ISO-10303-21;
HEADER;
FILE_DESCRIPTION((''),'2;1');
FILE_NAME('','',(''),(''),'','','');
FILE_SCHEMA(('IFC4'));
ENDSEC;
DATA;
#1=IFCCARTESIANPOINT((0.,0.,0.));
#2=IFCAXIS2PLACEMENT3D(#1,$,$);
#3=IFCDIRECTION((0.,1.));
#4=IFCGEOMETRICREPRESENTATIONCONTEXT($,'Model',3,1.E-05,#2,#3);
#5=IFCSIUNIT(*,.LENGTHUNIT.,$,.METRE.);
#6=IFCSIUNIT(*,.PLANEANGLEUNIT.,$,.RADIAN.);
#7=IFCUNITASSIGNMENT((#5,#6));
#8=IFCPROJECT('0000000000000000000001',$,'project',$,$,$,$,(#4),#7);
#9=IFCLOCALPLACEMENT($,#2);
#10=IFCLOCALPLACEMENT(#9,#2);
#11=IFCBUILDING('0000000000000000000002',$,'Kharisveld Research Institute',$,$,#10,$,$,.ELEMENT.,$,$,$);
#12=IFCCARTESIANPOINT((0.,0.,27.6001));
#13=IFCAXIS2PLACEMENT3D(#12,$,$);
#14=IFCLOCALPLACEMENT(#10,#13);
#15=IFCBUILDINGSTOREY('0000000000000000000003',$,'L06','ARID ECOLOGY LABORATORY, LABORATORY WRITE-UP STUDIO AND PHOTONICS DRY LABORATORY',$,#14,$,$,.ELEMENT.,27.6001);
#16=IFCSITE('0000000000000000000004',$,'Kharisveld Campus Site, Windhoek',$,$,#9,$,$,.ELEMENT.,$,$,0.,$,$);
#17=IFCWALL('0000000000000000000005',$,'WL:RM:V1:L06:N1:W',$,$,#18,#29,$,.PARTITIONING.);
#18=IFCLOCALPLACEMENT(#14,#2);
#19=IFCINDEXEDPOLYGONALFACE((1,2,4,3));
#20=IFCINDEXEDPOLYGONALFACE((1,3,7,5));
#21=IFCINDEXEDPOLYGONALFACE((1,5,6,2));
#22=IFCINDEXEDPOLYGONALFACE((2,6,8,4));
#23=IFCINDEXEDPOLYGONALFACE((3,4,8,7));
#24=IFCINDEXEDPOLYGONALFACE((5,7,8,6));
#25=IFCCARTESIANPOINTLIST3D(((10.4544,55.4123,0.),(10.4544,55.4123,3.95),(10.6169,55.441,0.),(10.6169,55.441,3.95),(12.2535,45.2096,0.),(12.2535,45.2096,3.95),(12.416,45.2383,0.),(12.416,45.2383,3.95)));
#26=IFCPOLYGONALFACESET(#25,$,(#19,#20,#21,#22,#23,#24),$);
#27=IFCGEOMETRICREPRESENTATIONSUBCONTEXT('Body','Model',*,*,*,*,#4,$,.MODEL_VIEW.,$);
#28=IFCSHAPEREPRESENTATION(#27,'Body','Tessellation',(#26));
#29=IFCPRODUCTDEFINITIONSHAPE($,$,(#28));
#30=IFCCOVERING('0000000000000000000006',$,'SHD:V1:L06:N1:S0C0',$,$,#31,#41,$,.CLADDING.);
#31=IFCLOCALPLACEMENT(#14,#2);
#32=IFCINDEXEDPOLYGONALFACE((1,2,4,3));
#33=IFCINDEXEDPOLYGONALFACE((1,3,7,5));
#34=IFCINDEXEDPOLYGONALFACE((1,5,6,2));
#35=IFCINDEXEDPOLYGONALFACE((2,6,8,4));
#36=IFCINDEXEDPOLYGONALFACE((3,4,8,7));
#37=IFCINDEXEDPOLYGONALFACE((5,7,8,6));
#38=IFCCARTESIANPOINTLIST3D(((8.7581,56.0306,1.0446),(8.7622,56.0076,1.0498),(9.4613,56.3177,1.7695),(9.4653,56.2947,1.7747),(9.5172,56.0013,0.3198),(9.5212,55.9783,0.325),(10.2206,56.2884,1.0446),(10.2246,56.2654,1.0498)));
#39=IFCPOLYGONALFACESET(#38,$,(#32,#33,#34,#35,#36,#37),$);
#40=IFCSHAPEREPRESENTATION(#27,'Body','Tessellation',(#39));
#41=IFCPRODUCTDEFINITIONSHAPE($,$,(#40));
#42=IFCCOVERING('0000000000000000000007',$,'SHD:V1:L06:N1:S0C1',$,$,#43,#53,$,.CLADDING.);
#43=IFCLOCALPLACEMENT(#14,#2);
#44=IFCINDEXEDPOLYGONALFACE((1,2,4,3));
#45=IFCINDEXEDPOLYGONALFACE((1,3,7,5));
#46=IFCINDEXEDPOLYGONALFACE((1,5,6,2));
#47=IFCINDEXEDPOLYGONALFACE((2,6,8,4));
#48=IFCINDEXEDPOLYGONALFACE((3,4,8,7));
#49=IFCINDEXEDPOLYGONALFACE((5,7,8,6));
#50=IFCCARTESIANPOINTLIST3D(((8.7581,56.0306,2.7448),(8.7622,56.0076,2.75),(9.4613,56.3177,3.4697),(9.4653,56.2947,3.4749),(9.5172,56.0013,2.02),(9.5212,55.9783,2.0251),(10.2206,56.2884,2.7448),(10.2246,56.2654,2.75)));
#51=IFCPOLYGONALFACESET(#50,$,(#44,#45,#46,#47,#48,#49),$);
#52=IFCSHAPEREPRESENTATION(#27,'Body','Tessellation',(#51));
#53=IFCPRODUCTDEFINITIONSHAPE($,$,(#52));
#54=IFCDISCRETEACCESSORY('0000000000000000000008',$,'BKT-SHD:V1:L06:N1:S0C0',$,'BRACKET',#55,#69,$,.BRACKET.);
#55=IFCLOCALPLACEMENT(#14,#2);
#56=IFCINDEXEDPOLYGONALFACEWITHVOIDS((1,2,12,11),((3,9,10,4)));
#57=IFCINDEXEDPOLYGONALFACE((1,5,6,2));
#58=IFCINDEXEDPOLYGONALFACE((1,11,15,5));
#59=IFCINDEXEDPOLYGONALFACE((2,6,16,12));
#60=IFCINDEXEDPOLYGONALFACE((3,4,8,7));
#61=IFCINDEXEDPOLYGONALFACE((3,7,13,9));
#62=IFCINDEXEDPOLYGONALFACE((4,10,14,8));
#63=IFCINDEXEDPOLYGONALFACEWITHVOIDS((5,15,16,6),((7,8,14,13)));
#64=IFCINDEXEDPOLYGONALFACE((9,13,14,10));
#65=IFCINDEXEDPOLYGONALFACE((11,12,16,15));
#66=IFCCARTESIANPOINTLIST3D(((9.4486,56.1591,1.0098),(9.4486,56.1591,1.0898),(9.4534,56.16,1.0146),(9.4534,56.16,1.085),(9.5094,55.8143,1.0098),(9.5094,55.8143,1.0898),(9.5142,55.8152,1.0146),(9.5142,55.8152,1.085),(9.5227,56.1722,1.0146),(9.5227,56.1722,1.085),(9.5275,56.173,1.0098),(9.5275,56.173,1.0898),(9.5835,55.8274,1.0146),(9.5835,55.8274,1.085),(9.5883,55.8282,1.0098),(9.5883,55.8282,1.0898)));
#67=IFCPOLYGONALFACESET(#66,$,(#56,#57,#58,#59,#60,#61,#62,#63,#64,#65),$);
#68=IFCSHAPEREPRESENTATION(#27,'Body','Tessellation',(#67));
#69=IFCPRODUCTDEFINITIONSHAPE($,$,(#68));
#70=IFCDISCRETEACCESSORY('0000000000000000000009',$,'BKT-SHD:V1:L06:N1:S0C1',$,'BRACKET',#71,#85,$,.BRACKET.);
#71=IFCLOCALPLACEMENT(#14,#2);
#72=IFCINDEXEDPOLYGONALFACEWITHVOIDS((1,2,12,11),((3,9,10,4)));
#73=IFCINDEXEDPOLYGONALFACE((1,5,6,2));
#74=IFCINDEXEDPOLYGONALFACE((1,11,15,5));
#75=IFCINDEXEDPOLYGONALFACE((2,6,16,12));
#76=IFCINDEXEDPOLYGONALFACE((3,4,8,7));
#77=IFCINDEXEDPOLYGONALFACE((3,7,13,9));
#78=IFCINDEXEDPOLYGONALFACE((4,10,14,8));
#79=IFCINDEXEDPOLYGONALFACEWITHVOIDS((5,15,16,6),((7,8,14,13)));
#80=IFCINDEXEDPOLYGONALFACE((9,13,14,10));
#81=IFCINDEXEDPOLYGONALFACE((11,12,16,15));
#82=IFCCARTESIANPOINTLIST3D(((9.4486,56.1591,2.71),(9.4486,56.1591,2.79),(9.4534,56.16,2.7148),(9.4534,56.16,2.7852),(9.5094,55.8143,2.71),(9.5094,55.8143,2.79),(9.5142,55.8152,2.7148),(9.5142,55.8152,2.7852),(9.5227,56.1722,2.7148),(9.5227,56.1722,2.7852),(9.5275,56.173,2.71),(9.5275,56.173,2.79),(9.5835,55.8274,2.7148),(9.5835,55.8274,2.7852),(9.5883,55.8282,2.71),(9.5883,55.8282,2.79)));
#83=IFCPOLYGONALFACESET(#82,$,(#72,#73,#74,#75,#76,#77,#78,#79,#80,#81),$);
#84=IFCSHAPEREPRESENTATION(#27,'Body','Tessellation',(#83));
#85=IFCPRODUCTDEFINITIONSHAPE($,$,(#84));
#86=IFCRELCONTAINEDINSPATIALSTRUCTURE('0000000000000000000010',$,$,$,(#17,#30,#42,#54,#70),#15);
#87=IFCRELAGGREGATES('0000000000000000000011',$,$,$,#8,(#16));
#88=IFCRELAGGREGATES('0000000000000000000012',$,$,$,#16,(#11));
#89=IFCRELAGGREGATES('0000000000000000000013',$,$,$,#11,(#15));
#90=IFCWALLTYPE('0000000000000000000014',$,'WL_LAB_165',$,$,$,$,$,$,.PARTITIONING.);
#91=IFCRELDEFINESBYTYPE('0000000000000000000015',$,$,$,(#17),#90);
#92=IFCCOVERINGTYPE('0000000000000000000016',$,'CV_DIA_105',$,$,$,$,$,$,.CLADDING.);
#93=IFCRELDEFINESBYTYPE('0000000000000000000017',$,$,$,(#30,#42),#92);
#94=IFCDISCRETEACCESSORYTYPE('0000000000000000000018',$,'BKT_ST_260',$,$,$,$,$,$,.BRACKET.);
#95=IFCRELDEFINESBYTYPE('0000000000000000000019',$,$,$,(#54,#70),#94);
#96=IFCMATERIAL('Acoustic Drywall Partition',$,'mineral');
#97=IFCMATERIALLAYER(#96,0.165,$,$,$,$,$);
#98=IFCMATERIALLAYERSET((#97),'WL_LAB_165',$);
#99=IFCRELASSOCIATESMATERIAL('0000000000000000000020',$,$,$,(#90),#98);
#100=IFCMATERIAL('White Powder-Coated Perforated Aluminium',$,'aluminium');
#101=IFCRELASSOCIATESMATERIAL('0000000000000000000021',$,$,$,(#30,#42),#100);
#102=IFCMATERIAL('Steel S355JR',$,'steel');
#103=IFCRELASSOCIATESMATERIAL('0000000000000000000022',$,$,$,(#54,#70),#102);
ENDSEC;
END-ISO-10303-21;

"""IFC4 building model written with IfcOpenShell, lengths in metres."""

from ifc_helpers import new_model, si_unit, direction, frame, frame_2d, origin, origin_2d, place, context, subcontext, project, spatial, polyline, rectangle, hollow_rectangle, outline, extrude, material, layer, layer_set, type_object, element, save


model = new_model("IFC4")

# Units and contexts
model_context = context("Model", 3, precision=1e-05, world=origin(), true_north=direction((0.0, 1.0)))
body_context = subcontext(model_context, "Body", "Model", "MODEL_VIEW")
ifc_project = project(units=[si_unit("LENGTHUNIT", "METRE"), si_unit("PLANEANGLEUNIT", "RADIAN")], contexts=[model_context])

# Site, building, storey
site_placement = place(None, origin())
site = spatial("IfcSite", under=ifc_project, at=site_placement, Name="Kharisveld Campus Site, Windhoek", CompositionType="ELEMENT", RefElevation=0.0)
building_placement = place(site_placement, origin())
building = spatial("IfcBuilding", under=site, at=building_placement, Name="Kharisveld Research Institute", CompositionType="ELEMENT")
storey_placement = place(building_placement, frame((0.0, 0.0, 27.6001)))
storey = spatial("IfcBuildingStorey", under=building, at=storey_placement, Name="L06", Description="ARID ECOLOGY LABORATORY, LABORATORY WRITE-UP STUDIO AND PHOTONICS DRY LABORATORY", CompositionType="ELEMENT", Elevation=27.6001)

# Wall
ifc_material_1 = material(Name="Acoustic Drywall Partition", Category="mineral")
ifc_layer_1 = layer(ifc_material_1, 0.165)
ifc_layer_set_1 = layer_set([ifc_layer_1], Name="WL_LAB_165")
wall_type_1 = type_object("IfcWallType", Name="WL_LAB_165", PredefinedType="PARTITIONING", material=ifc_layer_set_1)
wall_1_placement = place(storey_placement, frame((10.5356, 55.4268, 0.0), z_axis=(0.0, 0.0, 1.0), x_axis=(0.173655, -0.984807, 0.0)))
element("IfcWall", 1, at=wall_1_placement, inside=storey, type_object=wall_type_1, Name="WL:RM:V1:L06:N1:W", PredefinedType="PARTITIONING", context=body_context, shape_type="SweptSolid", body=[
    extrude(rectangle(XDim=10.3601, YDim=0.165, at=frame_2d((5.1802, 0.0))), origin(), (0.0, 0.0, 1.0), 3.95),
])

# Coverings
ifc_material_2 = material(Name="White Powder-Coated Perforated Aluminium", Category="aluminium")
covering_type = type_object("IfcCoveringType", Name="CV_DIA_105", PredefinedType="CLADDING")
for number, where, z_axis, x_axis, name in (
    (2, (9.5212, 55.9783, 0.325), (0.169503, -0.961481, 0.216385), (0.66985, 0.273447, 0.69031), "SHD:V1:L06:N1:S0C0"),
    (3, (9.5212, 55.9783, 2.0251), (0.169503, -0.961481, 0.216385), (0.66985, 0.273447, 0.69031), "SHD:V1:L06:N1:S0C1"),
):
    element("IfcCovering", number, at=place(storey_placement, frame(where, z_axis=z_axis, x_axis=x_axis)), inside=storey, type_object=covering_type, material=ifc_material_2, Name=name, PredefinedType="CLADDING", context=body_context, shape_type="SweptSolid", body=[
        extrude(outline(polyline([(0.0, 0.0), (1.05, 0.0), (1.0498, 1.0501), (-0.0001, 1.05), (0.0, 0.0)])), origin(), (0.0, 0.0, -1.0), 0.0239),
    ])

# Discrete accessories
ifc_material_3 = material(Name="Steel S355JR", Category="steel")
discrete_accessory_type = type_object("IfcDiscreteAccessoryType", Name="BKT_ST_260", PredefinedType="BRACKET")
for number, where, z_axis, x_axis, name in (
    (4, (9.5488, 55.8213, 1.0498), (-0.173666, 0.984805, 0.0), (-0.984805, -0.173666, 0.0), "BKT-SHD:V1:L06:N1:S0C0"),
    (5, (9.5488, 55.8213, 2.75), (-0.173666, 0.984805, 0.0), (-0.984805, -0.173666, 0.0), "BKT-SHD:V1:L06:N1:S0C1"),
):
    element("IfcDiscreteAccessory", number, at=place(storey_placement, frame(where, z_axis=z_axis, x_axis=x_axis)), inside=storey, type_object=discrete_accessory_type, material=ifc_material_3, Name=name, ObjectType="BRACKET", PredefinedType="BRACKET", context=body_context, shape_type="SweptSolid", body=[
        extrude(hollow_rectangle(XDim=0.0801, YDim=0.0801, WallThickness=0.0049, at=origin_2d()), origin(), (0.0, 0.0, 1.0), 0.3501),
    ])

save(model, "model.ifc")
